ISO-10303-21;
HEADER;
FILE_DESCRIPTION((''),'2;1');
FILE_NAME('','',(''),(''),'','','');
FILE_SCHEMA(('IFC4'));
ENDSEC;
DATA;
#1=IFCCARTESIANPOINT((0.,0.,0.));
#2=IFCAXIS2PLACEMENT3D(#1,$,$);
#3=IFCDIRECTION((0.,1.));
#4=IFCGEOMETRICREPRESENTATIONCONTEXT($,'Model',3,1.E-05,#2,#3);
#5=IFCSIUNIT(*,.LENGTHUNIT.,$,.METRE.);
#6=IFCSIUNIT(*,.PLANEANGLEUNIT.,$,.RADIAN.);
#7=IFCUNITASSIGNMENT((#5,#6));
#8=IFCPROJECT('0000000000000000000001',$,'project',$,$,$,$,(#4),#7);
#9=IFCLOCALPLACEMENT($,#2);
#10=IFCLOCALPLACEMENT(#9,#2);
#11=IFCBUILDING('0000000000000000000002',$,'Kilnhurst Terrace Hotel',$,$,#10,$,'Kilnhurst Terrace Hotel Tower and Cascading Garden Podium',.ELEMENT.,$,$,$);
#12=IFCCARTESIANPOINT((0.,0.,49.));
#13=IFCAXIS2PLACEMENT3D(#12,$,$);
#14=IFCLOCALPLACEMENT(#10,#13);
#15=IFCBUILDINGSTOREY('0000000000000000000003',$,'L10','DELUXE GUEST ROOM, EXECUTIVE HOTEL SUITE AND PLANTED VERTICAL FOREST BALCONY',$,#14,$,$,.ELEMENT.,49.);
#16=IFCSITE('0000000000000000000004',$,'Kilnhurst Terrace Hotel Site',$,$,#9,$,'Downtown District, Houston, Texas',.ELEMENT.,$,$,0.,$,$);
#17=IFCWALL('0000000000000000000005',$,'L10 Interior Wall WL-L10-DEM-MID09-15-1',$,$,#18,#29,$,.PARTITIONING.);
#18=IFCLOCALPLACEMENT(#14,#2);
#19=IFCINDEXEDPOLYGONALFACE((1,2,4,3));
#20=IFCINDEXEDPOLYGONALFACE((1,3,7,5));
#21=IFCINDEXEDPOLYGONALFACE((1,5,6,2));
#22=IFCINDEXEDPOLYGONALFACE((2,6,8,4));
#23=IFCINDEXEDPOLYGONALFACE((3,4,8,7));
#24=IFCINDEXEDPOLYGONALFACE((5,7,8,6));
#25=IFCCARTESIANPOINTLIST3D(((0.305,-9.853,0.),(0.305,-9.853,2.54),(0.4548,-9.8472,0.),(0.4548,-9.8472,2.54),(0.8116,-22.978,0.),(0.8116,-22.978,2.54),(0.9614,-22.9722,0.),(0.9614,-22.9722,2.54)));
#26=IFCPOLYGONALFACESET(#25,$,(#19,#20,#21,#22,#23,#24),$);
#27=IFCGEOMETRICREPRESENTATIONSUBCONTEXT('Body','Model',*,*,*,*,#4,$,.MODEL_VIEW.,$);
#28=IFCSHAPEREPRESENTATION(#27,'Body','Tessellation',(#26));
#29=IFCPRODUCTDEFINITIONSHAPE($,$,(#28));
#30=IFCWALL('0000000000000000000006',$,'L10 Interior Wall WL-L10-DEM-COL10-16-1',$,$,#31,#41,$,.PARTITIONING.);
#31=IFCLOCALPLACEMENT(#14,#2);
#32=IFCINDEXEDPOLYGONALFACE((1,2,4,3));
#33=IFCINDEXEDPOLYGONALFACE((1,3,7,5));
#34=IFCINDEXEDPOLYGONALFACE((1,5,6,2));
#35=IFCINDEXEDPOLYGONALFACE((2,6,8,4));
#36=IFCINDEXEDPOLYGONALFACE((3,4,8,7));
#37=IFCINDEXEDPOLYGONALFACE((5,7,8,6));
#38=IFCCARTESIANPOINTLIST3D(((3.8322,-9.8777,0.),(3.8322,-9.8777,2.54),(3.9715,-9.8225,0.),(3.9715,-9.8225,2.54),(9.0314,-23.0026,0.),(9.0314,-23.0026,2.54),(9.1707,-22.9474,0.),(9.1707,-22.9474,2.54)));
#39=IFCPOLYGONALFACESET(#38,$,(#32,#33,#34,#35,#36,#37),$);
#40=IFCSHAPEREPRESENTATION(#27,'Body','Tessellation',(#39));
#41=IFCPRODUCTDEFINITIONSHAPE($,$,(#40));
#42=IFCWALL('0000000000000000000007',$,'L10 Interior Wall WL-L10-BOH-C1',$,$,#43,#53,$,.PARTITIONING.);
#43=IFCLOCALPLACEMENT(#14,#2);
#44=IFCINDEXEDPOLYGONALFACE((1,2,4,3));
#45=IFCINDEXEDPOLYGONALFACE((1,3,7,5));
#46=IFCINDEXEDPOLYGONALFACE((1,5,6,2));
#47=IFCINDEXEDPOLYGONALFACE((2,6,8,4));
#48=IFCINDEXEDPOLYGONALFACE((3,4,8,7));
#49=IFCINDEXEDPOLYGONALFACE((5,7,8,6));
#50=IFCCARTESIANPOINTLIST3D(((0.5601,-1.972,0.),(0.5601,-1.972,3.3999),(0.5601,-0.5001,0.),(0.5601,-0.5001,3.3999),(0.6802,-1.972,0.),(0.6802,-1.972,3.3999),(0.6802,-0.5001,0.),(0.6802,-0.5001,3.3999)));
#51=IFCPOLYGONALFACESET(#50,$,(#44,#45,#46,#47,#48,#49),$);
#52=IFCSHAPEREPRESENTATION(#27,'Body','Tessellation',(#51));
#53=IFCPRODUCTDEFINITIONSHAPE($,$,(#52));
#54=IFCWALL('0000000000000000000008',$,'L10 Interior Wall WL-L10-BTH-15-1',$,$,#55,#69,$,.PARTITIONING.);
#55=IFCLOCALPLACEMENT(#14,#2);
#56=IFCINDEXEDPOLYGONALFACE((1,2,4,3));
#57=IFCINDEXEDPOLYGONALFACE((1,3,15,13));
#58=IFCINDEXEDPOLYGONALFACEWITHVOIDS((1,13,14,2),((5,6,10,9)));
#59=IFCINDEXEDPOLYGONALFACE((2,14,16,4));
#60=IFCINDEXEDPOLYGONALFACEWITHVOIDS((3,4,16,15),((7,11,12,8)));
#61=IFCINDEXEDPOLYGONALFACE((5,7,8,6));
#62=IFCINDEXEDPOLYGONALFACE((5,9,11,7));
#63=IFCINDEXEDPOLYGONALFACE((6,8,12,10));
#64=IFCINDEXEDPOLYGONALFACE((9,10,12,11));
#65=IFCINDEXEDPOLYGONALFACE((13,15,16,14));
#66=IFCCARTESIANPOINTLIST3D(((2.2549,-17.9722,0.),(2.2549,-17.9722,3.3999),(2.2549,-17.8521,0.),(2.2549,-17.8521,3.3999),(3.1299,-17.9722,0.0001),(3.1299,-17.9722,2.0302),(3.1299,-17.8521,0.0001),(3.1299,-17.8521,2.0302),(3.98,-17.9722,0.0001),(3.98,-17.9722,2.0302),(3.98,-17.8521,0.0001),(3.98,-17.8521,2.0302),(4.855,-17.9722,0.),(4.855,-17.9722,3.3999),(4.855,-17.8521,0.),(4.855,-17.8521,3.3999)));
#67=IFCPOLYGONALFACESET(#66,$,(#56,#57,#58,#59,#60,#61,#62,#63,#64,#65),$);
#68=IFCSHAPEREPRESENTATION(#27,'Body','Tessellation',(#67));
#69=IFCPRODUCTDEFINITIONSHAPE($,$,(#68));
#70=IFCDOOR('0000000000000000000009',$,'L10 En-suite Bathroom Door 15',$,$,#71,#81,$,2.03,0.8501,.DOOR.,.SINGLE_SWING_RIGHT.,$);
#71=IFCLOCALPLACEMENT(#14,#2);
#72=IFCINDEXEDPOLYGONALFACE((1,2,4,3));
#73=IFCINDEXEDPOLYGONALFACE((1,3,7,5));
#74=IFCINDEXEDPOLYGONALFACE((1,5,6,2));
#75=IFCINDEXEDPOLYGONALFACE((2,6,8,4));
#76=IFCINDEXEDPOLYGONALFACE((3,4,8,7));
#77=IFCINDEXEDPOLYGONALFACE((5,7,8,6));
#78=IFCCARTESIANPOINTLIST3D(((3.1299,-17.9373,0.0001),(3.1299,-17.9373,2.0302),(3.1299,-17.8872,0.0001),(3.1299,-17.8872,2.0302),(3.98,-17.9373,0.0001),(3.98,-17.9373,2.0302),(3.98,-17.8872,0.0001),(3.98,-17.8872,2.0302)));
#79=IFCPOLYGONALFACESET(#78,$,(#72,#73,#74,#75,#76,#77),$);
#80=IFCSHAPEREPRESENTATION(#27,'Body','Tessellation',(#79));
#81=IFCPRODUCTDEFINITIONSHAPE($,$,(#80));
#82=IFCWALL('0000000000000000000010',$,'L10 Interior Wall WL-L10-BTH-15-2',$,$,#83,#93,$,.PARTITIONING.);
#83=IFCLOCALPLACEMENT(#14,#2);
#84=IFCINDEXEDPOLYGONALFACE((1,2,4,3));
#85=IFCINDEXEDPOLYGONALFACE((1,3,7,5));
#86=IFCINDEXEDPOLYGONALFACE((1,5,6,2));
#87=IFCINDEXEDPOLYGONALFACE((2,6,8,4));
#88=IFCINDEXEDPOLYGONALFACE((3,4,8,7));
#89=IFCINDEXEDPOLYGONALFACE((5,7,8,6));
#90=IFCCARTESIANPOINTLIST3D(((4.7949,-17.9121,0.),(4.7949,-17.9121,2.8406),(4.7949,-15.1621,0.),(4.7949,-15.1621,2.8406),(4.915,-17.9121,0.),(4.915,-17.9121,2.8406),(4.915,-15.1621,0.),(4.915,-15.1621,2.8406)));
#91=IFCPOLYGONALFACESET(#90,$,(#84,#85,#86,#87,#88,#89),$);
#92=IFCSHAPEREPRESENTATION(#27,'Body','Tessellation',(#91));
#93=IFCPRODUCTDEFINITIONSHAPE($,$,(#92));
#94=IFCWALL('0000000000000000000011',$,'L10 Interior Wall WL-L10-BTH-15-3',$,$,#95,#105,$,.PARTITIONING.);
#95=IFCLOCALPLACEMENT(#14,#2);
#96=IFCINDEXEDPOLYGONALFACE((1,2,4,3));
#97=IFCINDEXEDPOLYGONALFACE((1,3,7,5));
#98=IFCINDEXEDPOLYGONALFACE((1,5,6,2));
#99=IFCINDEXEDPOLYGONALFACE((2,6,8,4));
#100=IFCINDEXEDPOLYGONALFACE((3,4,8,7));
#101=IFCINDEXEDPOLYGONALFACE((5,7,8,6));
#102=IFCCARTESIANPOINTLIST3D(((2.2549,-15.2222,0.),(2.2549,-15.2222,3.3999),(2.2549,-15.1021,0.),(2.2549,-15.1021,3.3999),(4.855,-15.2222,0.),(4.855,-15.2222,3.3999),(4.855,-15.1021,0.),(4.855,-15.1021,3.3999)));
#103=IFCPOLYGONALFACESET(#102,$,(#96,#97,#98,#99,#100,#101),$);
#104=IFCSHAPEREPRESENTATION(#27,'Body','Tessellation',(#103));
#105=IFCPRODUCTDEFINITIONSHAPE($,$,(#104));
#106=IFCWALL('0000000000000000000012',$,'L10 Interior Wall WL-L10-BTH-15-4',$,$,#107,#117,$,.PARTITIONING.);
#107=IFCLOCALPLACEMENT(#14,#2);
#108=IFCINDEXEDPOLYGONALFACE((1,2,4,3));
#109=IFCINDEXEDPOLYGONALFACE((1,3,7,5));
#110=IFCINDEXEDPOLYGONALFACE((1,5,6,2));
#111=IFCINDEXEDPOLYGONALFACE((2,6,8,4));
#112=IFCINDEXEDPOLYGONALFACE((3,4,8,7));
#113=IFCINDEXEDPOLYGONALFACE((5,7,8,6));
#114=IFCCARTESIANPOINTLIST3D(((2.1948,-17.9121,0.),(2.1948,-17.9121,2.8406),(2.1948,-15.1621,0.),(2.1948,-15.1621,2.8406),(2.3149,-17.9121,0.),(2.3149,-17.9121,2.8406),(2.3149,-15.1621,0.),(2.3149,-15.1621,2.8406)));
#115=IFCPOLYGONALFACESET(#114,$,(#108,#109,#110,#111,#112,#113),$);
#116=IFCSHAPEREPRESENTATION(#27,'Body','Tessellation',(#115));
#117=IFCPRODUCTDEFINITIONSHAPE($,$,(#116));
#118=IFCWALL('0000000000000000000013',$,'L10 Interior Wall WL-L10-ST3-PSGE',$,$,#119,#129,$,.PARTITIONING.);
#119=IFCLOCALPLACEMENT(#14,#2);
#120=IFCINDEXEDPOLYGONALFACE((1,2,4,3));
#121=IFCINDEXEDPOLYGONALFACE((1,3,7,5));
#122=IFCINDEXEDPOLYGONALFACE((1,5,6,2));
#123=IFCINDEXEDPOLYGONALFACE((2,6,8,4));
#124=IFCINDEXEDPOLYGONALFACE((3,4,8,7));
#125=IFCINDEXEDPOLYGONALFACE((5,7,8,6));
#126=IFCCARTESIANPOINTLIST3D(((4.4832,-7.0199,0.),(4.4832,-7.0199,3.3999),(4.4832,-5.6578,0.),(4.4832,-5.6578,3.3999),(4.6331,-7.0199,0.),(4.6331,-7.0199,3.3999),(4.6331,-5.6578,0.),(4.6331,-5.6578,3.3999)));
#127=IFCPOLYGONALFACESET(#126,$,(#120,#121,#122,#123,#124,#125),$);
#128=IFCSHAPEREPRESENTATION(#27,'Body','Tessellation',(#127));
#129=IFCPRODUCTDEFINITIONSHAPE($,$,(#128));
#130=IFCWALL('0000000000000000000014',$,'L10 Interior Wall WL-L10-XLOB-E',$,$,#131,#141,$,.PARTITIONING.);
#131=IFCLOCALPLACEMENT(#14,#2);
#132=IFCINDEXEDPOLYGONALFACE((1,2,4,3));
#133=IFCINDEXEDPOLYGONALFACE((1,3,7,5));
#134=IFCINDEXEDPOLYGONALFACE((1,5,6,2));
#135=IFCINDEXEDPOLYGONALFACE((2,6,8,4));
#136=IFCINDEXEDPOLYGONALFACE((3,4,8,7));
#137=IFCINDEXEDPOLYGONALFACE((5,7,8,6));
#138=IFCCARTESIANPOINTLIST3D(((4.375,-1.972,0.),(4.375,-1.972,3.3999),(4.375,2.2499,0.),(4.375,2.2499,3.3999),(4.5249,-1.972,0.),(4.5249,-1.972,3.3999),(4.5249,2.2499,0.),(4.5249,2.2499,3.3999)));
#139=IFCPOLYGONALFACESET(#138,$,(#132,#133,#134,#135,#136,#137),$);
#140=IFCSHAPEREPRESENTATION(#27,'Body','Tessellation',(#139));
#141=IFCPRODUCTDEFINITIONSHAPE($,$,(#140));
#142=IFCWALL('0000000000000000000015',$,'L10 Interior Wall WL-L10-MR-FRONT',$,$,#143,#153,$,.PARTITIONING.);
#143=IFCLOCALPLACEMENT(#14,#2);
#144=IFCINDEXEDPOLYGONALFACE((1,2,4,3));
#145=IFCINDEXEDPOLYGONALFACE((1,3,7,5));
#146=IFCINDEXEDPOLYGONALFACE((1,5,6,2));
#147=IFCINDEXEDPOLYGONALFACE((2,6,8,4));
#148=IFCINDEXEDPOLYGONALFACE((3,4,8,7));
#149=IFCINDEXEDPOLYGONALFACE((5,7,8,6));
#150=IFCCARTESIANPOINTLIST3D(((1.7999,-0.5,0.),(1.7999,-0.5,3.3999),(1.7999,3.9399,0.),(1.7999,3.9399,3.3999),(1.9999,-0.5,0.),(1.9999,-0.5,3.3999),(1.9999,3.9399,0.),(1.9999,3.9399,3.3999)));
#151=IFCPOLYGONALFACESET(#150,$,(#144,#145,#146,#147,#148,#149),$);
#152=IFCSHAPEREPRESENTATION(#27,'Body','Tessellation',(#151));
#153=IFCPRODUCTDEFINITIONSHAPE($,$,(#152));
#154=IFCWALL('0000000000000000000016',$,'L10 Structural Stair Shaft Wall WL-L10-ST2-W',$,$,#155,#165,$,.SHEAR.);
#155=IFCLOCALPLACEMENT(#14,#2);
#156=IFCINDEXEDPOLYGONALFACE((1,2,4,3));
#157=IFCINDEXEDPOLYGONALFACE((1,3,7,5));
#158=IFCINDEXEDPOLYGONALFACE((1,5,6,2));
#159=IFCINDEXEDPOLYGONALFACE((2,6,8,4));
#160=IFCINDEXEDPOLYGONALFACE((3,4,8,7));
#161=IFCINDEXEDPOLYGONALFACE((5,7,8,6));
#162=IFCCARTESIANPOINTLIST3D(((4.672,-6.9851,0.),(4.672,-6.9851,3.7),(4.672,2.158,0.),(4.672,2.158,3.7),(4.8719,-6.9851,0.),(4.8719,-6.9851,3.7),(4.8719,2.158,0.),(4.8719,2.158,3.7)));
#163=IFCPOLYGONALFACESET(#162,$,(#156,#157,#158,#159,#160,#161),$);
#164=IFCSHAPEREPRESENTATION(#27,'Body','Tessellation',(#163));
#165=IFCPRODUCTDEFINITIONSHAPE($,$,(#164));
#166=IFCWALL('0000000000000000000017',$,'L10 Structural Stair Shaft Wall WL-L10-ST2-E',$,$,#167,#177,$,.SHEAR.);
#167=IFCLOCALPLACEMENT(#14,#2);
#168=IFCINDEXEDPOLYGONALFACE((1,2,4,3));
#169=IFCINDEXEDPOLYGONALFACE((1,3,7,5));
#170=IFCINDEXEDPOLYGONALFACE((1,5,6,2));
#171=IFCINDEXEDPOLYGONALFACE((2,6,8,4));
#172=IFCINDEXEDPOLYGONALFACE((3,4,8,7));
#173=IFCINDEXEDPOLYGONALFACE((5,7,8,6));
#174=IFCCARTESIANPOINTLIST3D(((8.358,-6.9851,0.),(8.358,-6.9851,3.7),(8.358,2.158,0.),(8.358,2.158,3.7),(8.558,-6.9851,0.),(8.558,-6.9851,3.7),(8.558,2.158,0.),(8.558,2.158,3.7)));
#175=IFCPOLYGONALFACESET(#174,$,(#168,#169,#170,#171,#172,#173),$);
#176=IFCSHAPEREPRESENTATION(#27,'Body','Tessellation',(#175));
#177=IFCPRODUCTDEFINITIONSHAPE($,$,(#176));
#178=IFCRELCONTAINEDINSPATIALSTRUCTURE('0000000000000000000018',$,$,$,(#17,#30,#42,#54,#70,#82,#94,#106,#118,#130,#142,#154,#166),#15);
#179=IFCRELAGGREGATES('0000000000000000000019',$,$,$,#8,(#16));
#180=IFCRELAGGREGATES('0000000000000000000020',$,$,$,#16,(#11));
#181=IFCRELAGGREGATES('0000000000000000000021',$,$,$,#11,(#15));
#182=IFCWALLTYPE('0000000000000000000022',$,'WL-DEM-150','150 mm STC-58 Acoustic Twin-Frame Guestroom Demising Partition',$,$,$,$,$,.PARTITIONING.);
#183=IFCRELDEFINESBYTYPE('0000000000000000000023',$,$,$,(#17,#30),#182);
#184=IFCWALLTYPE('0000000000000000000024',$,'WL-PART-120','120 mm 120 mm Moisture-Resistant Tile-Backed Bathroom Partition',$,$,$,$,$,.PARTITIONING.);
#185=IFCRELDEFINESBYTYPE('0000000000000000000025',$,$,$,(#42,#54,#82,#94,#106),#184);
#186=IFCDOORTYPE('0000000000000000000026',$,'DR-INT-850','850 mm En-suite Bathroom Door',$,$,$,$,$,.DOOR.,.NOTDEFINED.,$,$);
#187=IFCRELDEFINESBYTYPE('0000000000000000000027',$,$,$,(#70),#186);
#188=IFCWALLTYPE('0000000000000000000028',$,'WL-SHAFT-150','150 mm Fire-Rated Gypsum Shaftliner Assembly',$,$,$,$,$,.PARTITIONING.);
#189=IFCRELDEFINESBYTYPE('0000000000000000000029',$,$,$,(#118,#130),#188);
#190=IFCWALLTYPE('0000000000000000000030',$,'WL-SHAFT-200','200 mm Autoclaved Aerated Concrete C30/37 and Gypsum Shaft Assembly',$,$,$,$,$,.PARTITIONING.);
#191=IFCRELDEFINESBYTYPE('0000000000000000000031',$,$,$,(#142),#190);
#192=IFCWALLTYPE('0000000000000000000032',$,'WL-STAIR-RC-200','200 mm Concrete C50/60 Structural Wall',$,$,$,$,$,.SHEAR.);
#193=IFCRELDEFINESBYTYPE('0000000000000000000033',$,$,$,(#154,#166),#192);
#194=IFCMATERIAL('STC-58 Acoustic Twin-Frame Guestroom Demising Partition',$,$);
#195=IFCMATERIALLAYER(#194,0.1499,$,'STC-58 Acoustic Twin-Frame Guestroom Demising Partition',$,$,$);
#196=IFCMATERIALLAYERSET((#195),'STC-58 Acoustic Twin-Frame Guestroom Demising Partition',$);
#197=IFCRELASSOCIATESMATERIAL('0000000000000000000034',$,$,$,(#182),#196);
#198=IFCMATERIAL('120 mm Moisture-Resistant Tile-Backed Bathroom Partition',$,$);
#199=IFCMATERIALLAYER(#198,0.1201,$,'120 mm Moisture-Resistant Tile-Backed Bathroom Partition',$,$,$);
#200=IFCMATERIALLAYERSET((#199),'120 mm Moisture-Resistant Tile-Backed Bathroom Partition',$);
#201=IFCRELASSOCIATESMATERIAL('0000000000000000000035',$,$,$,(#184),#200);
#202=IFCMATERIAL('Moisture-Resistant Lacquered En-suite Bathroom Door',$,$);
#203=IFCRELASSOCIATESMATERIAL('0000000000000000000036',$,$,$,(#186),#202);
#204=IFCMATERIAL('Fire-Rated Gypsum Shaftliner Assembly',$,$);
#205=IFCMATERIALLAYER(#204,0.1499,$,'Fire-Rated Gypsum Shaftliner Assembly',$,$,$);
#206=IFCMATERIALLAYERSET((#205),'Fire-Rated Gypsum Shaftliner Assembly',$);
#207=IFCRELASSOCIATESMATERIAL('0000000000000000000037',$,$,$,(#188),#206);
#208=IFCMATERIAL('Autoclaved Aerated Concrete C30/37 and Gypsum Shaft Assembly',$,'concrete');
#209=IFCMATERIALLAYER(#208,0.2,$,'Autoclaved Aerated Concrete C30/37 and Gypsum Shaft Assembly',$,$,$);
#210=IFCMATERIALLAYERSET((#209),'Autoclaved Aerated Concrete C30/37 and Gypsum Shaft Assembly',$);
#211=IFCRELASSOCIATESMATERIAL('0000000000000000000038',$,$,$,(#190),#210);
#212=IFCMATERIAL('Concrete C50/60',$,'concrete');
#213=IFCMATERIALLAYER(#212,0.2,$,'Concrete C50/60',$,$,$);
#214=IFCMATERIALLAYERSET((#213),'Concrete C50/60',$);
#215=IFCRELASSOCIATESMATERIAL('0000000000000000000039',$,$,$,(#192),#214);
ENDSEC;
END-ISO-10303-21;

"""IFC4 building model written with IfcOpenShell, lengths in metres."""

from ifc_helpers import new_model, si_unit, direction, frame, frame_2d, origin, place, context, subcontext, project, spatial, rectangle, extrude, material, layer, layer_set, type_object, element, fill, save


model = new_model("IFC4")

# Units and contexts
model_context = context("Model", 3, precision=1e-05, world=origin(), true_north=direction((0.0, 1.0)))
body_context = subcontext(model_context, "Body", "Model", "MODEL_VIEW")
ifc_project = project(units=[si_unit("LENGTHUNIT", "METRE"), si_unit("PLANEANGLEUNIT", "RADIAN")], contexts=[model_context])

# Site, building, storey
site_placement = place(None, origin())
site = spatial("IfcSite", under=ifc_project, at=site_placement, Name="Kilnhurst Terrace Hotel Site", LongName="Downtown District, Houston, Texas", CompositionType="ELEMENT", RefElevation=0.0)
building_placement = place(site_placement, origin())
building = spatial("IfcBuilding", under=site, at=building_placement, Name="Kilnhurst Terrace Hotel", LongName="Kilnhurst Terrace Hotel Tower and Cascading Garden Podium", CompositionType="ELEMENT")
storey_placement = place(building_placement, frame((0.0, 0.0, 49.0)))
storey = spatial("IfcBuildingStorey", under=building, at=storey_placement, Name="L10", Description="DELUXE GUEST ROOM, EXECUTIVE HOTEL SUITE AND PLANTED VERTICAL FOREST BALCONY", CompositionType="ELEMENT", Elevation=49.0)

# Shared definitions
ifc_material_1 = material(Name="Concrete C50/60", Category="concrete")

# Walls
ifc_material_2 = material(Name="STC-58 Acoustic Twin-Frame Guestroom Demising Partition")
ifc_layer_1 = layer(ifc_material_2, 0.1499, Name="STC-58 Acoustic Twin-Frame Guestroom Demising Partition")
ifc_layer_set_1 = layer_set([ifc_layer_1], Name="STC-58 Acoustic Twin-Frame Guestroom Demising Partition")
wall_type_1 = type_object("IfcWallType", Name="WL-DEM-150", Description="150 mm STC-58 Acoustic Twin-Frame Guestroom Demising Partition", PredefinedType="PARTITIONING", material=ifc_layer_set_1)
wall_1_placement = place(storey_placement, frame((0.3799, -9.8501, 0.0), z_axis=(0.0, 0.0, 1.0), x_axis=(0.038569, -0.999256, 0.0)))
element("IfcWall", 1, at=wall_1_placement, inside=storey, type_object=wall_type_1, Name="L10 Interior Wall WL-L10-DEM-MID09-15-1", PredefinedType="PARTITIONING", context=body_context, shape_type="SweptSolid", body=[
    extrude(rectangle(XDim=13.1348, YDim=0.1499, at=frame_2d((6.5674, 0.0))), origin(), (0.0, 0.0, 1.0), 2.54),
])
wall_2_placement = place(storey_placement, frame((3.9019, -9.8501, 0.0), z_axis=(0.0, 0.0, 1.0), x_axis=(0.368288, -0.929712, 0.0)))
element("IfcWall", 2, at=wall_2_placement, inside=storey, type_object=wall_type_1, Name="L10 Interior Wall WL-L10-DEM-COL10-16-1", PredefinedType="PARTITIONING", context=body_context, shape_type="SweptSolid", body=[
    extrude(rectangle(XDim=14.1172, YDim=0.1499, at=frame_2d((7.0586, 0.0))), origin(), (0.0, 0.0, 1.0), 2.54),
])
ifc_material_3 = material(Name="120 mm Moisture-Resistant Tile-Backed Bathroom Partition")
ifc_layer_2 = layer(ifc_material_3, 0.1201, Name="120 mm Moisture-Resistant Tile-Backed Bathroom Partition")
ifc_layer_set_2 = layer_set([ifc_layer_2], Name="120 mm Moisture-Resistant Tile-Backed Bathroom Partition")
wall_type_2 = type_object("IfcWallType", Name="WL-PART-120", Description="120 mm 120 mm Moisture-Resistant Tile-Backed Bathroom Partition", PredefinedType="PARTITIONING", material=ifc_layer_set_2)
wall_3_placement = place(storey_placement, frame((0.6201, -1.9719, 0.0), z_axis=(0.0, 0.0, 1.0), x_axis=(0.0, 1.0, 0.0)))
element("IfcWall", 3, at=wall_3_placement, inside=storey, type_object=wall_type_2, Name="L10 Interior Wall WL-L10-BOH-C1", PredefinedType="PARTITIONING", context=body_context, shape_type="SweptSolid", body=[
    extrude(rectangle(XDim=1.4719, YDim=0.1201, at=frame_2d((0.7358, 0.0))), origin(), (0.0, 0.0, 1.0), 3.3999),
])

# Wall, opening, door
wall_4_placement = place(storey_placement, frame((2.2549, -17.9121, 0.0), z_axis=(0.0, 0.0, 1.0), x_axis=(1.0, 0.0, 0.0)))
wall_4 = element("IfcWall", 4, at=wall_4_placement, inside=storey, type_object=wall_type_2, Name="L10 Interior Wall WL-L10-BTH-15-1", PredefinedType="PARTITIONING", context=body_context, shape_type="SweptSolid", body=[
    extrude(rectangle(XDim=2.6001, YDim=0.1201, at=frame_2d((1.3, 0.0))), origin(), (0.0, 0.0, 1.0), 3.3999),
])
opening_1_placement = place(wall_4_placement, frame((0.875, 0.0, 0.0)))
opening_1 = element("IfcOpeningElement", 5, at=opening_1_placement, cuts=wall_4, PredefinedType="OPENING", context=body_context, shape_type="SweptSolid", body=[
    extrude(rectangle(XDim=0.8501, YDim=2.03, at=frame_2d((0.425, 1.0151))), frame((0.0, 0.0701, 0.0), z_axis=(0.0, -1.0, 0.0), x_axis=(1.0, 0.0, 0.0)), (0.0, 0.0, 1.0), 0.1401),
])
ifc_material_4 = material(Name="Moisture-Resistant Lacquered En-suite Bathroom Door")
door_type_1 = type_object("IfcDoorType", Name="DR-INT-850", Description="850 mm En-suite Bathroom Door", OperationType="NOTDEFINED", PredefinedType="DOOR", material=ifc_material_4)
door_1_placement = place(opening_1_placement, origin())
door_1 = element("IfcDoor", 6, at=door_1_placement, inside=storey, type_object=door_type_1, Name="L10 En-suite Bathroom Door 15", OperationType="SINGLE_SWING_RIGHT", OverallHeight=2.03, OverallWidth=0.8501, PredefinedType="DOOR", context=body_context, shape_type="SweptSolid", body=[
    extrude(rectangle(XDim=0.8501, YDim=2.03, at=frame_2d((0.425, 1.0151))), frame((0.0, 0.0249, 0.0), z_axis=(0.0, -1.0, 0.0), x_axis=(1.0, 0.0, 0.0)), (0.0, 0.0, 1.0), 0.05),
])
fill(opening_1, door_1)

# Walls
wall_5_placement = place(storey_placement, frame((4.855, -17.9121, 0.0), z_axis=(0.0, 0.0, 1.0), x_axis=(0.0, 1.0, 0.0)))
element("IfcWall", 7, at=wall_5_placement, inside=storey, type_object=wall_type_2, Name="L10 Interior Wall WL-L10-BTH-15-2", PredefinedType="PARTITIONING", context=body_context, shape_type="SweptSolid", body=[
    extrude(rectangle(XDim=2.75, YDim=0.1201, at=frame_2d((1.375, 0.0))), origin(), (0.0, 0.0, 1.0), 2.8406),
])
wall_6_placement = place(storey_placement, frame((4.855, -15.1621, 0.0), z_axis=(0.0, 0.0, 1.0), x_axis=(-1.0, 0.0, 0.0)))
element("IfcWall", 8, at=wall_6_placement, inside=storey, type_object=wall_type_2, Name="L10 Interior Wall WL-L10-BTH-15-3", PredefinedType="PARTITIONING", context=body_context, shape_type="SweptSolid", body=[
    extrude(rectangle(XDim=2.6001, YDim=0.1201, at=frame_2d((1.3, 0.0))), origin(), (0.0, 0.0, 1.0), 3.3999),
])
wall_7_placement = place(storey_placement, frame((2.2549, -15.1621, 0.0), z_axis=(0.0, 0.0, 1.0), x_axis=(0.0, -1.0, 0.0)))
element("IfcWall", 9, at=wall_7_placement, inside=storey, type_object=wall_type_2, Name="L10 Interior Wall WL-L10-BTH-15-4", PredefinedType="PARTITIONING", context=body_context, shape_type="SweptSolid", body=[
    extrude(rectangle(XDim=2.75, YDim=0.1201, at=frame_2d((1.375, 0.0))), origin(), (0.0, 0.0, 1.0), 2.8406),
])
ifc_material_5 = material(Name="Fire-Rated Gypsum Shaftliner Assembly")
ifc_layer_3 = layer(ifc_material_5, 0.1499, Name="Fire-Rated Gypsum Shaftliner Assembly")
ifc_layer_set_3 = layer_set([ifc_layer_3], Name="Fire-Rated Gypsum Shaftliner Assembly")
wall_type_3 = type_object("IfcWallType", Name="WL-SHAFT-150", Description="150 mm Fire-Rated Gypsum Shaftliner Assembly", PredefinedType="PARTITIONING", material=ifc_layer_set_3)
wall_8_placement = place(storey_placement, frame((4.5581, -7.02, 0.0), z_axis=(0.0, 0.0, 1.0), x_axis=(0.0, 1.0, 0.0)))
element("IfcWall", 10, at=wall_8_placement, inside=storey, type_object=wall_type_3, Name="L10 Interior Wall WL-L10-ST3-PSGE", PredefinedType="PARTITIONING", context=body_context, shape_type="SweptSolid", body=[
    extrude(rectangle(XDim=1.3621, YDim=0.1499, at=frame_2d((0.6812, 0.0))), origin(), (0.0, 0.0, 1.0), 3.3999),
])
wall_9_placement = place(storey_placement, frame((4.45, -1.9719, 0.0), z_axis=(0.0, 0.0, 1.0), x_axis=(0.0, 1.0, 0.0)))
element("IfcWall", 11, at=wall_9_placement, inside=storey, type_object=wall_type_3, Name="L10 Interior Wall WL-L10-XLOB-E", PredefinedType="PARTITIONING", context=body_context, shape_type="SweptSolid", body=[
    extrude(rectangle(XDim=4.2219, YDim=0.1499, at=frame_2d((2.1108, 0.0))), origin(), (0.0, 0.0, 1.0), 3.3999),
])
ifc_material_6 = material(Name="Autoclaved Aerated Concrete C30/37 and Gypsum Shaft Assembly", Category="concrete")
ifc_layer_4 = layer(ifc_material_6, 0.2, Name="Autoclaved Aerated Concrete C30/37 and Gypsum Shaft Assembly")
ifc_layer_set_4 = layer_set([ifc_layer_4], Name="Autoclaved Aerated Concrete C30/37 and Gypsum Shaft Assembly")
wall_type_4 = type_object("IfcWallType", Name="WL-SHAFT-200", Description="200 mm Autoclaved Aerated Concrete C30/37 and Gypsum Shaft Assembly", PredefinedType="PARTITIONING", material=ifc_layer_set_4)
wall_10_placement = place(storey_placement, frame((1.8999, -0.5, 0.0), z_axis=(0.0, 0.0, 1.0), x_axis=(0.0, 1.0, 0.0)))
element("IfcWall", 12, at=wall_10_placement, inside=storey, type_object=wall_type_4, Name="L10 Interior Wall WL-L10-MR-FRONT", PredefinedType="PARTITIONING", context=body_context, shape_type="SweptSolid", body=[
    extrude(rectangle(XDim=4.4399, YDim=0.2, at=frame_2d((2.22, 0.0))), origin(), (0.0, 0.0, 1.0), 3.3999),
])
ifc_layer_5 = layer(ifc_material_1, 0.2, Name="Concrete C50/60")
ifc_layer_set_5 = layer_set([ifc_layer_5], Name="Concrete C50/60")
wall_type_5 = type_object("IfcWallType", Name="WL-STAIR-RC-200", Description="200 mm Concrete C50/60 Structural Wall", PredefinedType="SHEAR", material=ifc_layer_set_5)
for number, where, z_axis, x_axis, name in (
    (13, (4.772, -6.9851, 0.0), (0.0, 0.0, 1.0), (0.0, 1.0, 0.0), "L10 Structural Stair Shaft Wall WL-L10-ST2-W"),
    (14, (8.458, -6.9851, 0.0), (0.0, 0.0, 1.0), (0.0, 1.0, 0.0), "L10 Structural Stair Shaft Wall WL-L10-ST2-E"),
):
    element("IfcWall", number, at=place(storey_placement, frame(where, z_axis=z_axis, x_axis=x_axis)), inside=storey, type_object=wall_type_5, Name=name, PredefinedType="SHEAR", context=body_context, shape_type="SweptSolid", body=[
        extrude(rectangle(XDim=9.1431, YDim=0.2, at=frame_2d((4.5715, 0.0))), origin(), (0.0, 0.0, 1.0), 3.7),
    ])

save(model, "model.ifc")
